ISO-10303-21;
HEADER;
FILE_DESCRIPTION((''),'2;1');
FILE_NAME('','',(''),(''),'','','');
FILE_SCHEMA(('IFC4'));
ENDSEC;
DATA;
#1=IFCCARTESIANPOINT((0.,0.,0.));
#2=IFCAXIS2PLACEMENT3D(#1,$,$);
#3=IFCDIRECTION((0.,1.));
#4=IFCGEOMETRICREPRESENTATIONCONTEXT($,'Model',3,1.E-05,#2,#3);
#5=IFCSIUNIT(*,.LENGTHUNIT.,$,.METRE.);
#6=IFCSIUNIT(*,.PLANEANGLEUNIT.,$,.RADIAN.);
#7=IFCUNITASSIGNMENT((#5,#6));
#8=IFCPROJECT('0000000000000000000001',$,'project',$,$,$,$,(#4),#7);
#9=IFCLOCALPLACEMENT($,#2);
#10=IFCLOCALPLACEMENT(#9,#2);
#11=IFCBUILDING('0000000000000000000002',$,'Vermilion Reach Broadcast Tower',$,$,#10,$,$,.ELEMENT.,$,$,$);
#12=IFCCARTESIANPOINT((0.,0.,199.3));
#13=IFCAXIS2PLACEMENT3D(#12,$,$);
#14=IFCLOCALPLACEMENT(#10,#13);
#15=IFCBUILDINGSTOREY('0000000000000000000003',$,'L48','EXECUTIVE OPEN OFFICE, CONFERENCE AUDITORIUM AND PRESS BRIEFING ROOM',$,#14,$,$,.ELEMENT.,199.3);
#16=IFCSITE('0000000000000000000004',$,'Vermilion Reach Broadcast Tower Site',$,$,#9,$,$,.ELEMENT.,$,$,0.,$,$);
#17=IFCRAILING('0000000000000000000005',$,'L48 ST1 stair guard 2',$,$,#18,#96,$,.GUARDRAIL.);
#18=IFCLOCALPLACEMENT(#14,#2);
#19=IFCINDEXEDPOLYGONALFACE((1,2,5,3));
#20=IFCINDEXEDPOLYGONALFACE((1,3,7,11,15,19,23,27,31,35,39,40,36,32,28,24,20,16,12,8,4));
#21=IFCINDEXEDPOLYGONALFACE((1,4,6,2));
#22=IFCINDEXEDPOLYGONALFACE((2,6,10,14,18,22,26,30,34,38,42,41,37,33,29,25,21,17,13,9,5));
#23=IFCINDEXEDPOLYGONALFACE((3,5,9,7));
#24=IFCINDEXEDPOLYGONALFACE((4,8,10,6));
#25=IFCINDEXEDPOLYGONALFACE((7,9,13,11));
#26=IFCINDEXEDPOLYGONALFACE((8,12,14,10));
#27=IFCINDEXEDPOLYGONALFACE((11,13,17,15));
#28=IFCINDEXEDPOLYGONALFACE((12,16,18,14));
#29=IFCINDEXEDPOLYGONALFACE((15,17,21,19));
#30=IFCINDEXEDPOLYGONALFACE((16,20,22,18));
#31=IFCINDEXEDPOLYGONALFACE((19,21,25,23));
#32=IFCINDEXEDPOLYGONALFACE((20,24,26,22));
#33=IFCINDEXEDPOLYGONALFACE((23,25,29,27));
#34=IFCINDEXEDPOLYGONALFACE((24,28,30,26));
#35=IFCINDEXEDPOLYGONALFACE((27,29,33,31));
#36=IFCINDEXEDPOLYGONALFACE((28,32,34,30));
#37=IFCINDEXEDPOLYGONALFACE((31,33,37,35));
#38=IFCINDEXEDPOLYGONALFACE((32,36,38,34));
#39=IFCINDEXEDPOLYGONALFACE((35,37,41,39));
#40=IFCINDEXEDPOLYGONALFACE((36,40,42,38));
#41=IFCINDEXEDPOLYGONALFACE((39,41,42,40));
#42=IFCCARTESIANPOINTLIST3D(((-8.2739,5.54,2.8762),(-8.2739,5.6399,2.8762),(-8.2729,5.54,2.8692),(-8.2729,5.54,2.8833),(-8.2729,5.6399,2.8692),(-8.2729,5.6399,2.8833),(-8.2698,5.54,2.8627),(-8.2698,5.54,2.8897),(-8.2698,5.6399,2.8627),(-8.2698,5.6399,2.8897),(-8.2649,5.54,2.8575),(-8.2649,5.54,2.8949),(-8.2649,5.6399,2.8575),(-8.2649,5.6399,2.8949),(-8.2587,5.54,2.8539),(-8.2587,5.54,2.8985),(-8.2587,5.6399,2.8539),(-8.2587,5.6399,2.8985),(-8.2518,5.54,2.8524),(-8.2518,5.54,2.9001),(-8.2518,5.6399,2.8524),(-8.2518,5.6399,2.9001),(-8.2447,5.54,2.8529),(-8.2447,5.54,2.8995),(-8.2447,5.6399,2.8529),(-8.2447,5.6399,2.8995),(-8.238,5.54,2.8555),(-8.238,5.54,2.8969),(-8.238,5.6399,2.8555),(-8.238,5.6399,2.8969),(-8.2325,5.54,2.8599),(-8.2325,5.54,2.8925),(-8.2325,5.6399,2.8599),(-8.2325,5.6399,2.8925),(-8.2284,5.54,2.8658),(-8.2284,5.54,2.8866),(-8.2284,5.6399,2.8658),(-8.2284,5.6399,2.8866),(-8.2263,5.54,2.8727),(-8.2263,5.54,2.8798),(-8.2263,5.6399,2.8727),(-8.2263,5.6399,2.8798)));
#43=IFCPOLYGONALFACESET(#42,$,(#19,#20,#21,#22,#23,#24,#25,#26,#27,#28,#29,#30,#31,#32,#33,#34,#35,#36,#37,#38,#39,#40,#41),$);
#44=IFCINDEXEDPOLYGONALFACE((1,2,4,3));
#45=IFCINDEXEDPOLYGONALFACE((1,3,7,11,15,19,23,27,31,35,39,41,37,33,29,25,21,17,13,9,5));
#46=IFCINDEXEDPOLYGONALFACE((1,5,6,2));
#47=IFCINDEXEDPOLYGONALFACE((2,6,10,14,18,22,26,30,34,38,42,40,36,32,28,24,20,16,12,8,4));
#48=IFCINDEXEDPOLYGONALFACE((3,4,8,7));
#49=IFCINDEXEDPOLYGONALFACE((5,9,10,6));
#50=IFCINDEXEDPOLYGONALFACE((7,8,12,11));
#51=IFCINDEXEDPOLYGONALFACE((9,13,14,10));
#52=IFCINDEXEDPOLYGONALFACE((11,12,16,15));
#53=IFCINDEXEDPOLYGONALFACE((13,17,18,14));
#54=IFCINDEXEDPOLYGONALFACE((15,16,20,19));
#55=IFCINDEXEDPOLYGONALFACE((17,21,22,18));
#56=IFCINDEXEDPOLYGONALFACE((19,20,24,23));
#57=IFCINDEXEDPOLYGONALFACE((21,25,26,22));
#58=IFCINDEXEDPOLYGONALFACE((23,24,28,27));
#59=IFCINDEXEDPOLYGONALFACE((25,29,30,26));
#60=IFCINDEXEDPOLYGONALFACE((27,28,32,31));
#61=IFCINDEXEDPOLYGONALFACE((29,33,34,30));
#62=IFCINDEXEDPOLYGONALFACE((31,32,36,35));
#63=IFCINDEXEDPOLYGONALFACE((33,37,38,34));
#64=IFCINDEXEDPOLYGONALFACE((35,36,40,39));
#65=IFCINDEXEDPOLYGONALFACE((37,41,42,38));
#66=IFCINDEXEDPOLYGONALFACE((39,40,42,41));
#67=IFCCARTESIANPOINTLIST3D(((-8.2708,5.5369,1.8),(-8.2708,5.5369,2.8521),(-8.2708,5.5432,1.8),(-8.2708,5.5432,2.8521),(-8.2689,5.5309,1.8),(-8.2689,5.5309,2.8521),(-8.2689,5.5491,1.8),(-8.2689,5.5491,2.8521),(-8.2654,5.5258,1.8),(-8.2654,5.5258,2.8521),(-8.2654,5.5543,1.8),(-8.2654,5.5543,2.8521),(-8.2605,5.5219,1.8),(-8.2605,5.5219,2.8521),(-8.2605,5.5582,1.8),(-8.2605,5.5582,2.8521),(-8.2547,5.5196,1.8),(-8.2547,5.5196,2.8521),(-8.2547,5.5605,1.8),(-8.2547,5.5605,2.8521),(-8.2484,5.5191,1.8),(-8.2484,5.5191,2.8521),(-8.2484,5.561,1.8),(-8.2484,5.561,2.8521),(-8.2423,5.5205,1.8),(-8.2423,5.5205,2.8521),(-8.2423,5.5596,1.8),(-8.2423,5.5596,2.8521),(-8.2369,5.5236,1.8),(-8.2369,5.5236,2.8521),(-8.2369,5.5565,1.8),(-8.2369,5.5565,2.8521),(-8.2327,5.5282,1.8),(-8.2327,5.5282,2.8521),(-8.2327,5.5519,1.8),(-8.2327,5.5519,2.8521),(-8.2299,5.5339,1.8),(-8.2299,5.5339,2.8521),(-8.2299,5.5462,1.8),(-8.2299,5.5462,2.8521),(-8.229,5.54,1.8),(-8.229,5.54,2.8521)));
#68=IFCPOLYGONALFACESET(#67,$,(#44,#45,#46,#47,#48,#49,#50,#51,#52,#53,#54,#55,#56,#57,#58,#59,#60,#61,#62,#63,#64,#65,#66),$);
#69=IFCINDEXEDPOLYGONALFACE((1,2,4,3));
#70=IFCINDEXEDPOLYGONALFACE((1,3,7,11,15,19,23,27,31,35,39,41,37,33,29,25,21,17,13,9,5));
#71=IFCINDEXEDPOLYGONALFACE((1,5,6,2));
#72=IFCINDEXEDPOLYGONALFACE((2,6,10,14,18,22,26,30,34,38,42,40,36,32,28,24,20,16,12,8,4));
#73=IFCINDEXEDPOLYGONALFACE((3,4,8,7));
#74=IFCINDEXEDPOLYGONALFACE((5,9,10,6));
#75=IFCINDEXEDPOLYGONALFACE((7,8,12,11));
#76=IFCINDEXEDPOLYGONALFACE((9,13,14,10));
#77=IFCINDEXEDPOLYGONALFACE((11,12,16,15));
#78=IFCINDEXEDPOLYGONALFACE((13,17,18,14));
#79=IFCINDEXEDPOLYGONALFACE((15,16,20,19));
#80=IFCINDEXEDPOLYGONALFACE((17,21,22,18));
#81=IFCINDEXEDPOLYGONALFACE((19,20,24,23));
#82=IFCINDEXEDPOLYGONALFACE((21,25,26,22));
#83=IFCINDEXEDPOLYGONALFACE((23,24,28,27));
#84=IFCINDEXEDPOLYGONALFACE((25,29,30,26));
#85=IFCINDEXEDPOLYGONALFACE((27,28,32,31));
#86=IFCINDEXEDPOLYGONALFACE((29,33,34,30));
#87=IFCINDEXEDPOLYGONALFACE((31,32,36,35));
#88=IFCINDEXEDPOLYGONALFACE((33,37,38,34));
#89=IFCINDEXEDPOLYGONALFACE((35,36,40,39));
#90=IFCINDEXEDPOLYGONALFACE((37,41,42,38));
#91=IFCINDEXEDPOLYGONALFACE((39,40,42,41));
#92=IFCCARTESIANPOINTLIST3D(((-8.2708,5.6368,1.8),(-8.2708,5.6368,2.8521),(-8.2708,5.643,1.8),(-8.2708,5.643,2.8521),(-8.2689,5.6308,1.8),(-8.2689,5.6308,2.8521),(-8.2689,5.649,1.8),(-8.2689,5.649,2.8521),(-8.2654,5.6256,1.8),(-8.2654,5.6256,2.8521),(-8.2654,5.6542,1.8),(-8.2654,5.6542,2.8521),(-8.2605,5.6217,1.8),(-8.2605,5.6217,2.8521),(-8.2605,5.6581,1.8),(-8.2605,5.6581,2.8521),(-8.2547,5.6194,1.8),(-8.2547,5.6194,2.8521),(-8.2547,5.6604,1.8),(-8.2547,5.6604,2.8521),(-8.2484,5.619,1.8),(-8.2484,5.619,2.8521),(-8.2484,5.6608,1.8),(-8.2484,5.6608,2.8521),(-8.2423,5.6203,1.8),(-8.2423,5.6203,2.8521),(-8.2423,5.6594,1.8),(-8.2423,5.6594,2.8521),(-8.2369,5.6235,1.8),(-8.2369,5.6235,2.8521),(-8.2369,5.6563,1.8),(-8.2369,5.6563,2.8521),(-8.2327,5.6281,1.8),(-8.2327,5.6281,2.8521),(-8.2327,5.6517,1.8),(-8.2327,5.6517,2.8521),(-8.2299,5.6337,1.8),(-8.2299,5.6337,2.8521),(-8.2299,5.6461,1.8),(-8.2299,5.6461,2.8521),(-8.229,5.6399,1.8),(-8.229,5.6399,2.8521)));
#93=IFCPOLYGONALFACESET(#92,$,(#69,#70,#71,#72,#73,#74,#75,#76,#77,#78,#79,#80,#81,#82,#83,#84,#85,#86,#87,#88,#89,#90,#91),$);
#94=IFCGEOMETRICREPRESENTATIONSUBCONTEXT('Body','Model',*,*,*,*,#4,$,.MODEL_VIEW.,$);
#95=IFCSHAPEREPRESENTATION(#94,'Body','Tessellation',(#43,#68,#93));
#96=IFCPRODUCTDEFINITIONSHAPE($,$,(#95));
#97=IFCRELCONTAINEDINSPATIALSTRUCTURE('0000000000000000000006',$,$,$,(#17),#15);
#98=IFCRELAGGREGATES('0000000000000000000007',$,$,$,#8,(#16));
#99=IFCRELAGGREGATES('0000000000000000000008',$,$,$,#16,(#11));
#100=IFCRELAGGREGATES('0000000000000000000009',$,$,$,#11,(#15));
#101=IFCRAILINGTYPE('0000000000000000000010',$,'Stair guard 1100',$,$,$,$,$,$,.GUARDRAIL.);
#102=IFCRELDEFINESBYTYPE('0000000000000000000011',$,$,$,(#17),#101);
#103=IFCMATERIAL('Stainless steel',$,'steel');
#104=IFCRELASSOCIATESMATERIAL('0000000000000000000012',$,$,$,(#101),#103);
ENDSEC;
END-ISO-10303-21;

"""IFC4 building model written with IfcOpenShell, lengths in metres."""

from ifc_helpers import new_model, si_unit, direction, frame, origin, origin_2d, place, context, subcontext, project, spatial, circle, extrude, material, type_object, element, save


model = new_model("IFC4")

# Units and contexts
model_context = context("Model", 3, precision=1e-05, world=origin(), true_north=direction((0.0, 1.0)))
body_context = subcontext(model_context, "Body", "Model", "MODEL_VIEW")
ifc_project = project(units=[si_unit("LENGTHUNIT", "METRE"), si_unit("PLANEANGLEUNIT", "RADIAN")], contexts=[model_context])

# Site, building, storey
site_placement = place(None, origin())
site = spatial("IfcSite", under=ifc_project, at=site_placement, Name="Vermilion Reach Broadcast Tower Site", CompositionType="ELEMENT", RefElevation=0.0)
building_placement = place(site_placement, origin())
building = spatial("IfcBuilding", under=site, at=building_placement, Name="Vermilion Reach Broadcast Tower", CompositionType="ELEMENT")
storey_placement = place(building_placement, frame((0.0, 0.0, 199.3)))
storey = spatial("IfcBuildingStorey", under=building, at=storey_placement, Name="L48", Description="EXECUTIVE OPEN OFFICE, CONFERENCE AUDITORIUM AND PRESS BRIEFING ROOM", CompositionType="ELEMENT", Elevation=199.3)

# Railing
ifc_material_1 = material(Name="Stainless steel", Category="steel")
railing_type_1 = type_object("IfcRailingType", Name="Stair guard 1100", PredefinedType="GUARDRAIL", material=ifc_material_1)
railing_1_placement = place(storey_placement, frame((-8.25, 5.54, 1.8)))
element("IfcRailing", 1, at=railing_1_placement, inside=storey, type_object=railing_type_1, Name="L48 ST1 stair guard 2", PredefinedType="GUARDRAIL", context=body_context, shape_type="SweptSolid", body=[
    extrude(circle(Radius=0.0239, at=origin_2d()), frame((0.0, 0.0, 1.0762), z_axis=(0.0, 1.0, 0.0), x_axis=(-1.0, 0.0, 0.0)), (0.0, 0.0, 1.0), 0.0999),
    extrude(circle(Radius=0.021, at=origin_2d()), origin(), (0.0, 0.0, 1.0), 1.052),
    extrude(circle(Radius=0.021, at=origin_2d()), frame((0.0, 0.0999, 0.0)), (0.0, 0.0, 1.0), 1.052),
])

save(model, "model.ifc")
